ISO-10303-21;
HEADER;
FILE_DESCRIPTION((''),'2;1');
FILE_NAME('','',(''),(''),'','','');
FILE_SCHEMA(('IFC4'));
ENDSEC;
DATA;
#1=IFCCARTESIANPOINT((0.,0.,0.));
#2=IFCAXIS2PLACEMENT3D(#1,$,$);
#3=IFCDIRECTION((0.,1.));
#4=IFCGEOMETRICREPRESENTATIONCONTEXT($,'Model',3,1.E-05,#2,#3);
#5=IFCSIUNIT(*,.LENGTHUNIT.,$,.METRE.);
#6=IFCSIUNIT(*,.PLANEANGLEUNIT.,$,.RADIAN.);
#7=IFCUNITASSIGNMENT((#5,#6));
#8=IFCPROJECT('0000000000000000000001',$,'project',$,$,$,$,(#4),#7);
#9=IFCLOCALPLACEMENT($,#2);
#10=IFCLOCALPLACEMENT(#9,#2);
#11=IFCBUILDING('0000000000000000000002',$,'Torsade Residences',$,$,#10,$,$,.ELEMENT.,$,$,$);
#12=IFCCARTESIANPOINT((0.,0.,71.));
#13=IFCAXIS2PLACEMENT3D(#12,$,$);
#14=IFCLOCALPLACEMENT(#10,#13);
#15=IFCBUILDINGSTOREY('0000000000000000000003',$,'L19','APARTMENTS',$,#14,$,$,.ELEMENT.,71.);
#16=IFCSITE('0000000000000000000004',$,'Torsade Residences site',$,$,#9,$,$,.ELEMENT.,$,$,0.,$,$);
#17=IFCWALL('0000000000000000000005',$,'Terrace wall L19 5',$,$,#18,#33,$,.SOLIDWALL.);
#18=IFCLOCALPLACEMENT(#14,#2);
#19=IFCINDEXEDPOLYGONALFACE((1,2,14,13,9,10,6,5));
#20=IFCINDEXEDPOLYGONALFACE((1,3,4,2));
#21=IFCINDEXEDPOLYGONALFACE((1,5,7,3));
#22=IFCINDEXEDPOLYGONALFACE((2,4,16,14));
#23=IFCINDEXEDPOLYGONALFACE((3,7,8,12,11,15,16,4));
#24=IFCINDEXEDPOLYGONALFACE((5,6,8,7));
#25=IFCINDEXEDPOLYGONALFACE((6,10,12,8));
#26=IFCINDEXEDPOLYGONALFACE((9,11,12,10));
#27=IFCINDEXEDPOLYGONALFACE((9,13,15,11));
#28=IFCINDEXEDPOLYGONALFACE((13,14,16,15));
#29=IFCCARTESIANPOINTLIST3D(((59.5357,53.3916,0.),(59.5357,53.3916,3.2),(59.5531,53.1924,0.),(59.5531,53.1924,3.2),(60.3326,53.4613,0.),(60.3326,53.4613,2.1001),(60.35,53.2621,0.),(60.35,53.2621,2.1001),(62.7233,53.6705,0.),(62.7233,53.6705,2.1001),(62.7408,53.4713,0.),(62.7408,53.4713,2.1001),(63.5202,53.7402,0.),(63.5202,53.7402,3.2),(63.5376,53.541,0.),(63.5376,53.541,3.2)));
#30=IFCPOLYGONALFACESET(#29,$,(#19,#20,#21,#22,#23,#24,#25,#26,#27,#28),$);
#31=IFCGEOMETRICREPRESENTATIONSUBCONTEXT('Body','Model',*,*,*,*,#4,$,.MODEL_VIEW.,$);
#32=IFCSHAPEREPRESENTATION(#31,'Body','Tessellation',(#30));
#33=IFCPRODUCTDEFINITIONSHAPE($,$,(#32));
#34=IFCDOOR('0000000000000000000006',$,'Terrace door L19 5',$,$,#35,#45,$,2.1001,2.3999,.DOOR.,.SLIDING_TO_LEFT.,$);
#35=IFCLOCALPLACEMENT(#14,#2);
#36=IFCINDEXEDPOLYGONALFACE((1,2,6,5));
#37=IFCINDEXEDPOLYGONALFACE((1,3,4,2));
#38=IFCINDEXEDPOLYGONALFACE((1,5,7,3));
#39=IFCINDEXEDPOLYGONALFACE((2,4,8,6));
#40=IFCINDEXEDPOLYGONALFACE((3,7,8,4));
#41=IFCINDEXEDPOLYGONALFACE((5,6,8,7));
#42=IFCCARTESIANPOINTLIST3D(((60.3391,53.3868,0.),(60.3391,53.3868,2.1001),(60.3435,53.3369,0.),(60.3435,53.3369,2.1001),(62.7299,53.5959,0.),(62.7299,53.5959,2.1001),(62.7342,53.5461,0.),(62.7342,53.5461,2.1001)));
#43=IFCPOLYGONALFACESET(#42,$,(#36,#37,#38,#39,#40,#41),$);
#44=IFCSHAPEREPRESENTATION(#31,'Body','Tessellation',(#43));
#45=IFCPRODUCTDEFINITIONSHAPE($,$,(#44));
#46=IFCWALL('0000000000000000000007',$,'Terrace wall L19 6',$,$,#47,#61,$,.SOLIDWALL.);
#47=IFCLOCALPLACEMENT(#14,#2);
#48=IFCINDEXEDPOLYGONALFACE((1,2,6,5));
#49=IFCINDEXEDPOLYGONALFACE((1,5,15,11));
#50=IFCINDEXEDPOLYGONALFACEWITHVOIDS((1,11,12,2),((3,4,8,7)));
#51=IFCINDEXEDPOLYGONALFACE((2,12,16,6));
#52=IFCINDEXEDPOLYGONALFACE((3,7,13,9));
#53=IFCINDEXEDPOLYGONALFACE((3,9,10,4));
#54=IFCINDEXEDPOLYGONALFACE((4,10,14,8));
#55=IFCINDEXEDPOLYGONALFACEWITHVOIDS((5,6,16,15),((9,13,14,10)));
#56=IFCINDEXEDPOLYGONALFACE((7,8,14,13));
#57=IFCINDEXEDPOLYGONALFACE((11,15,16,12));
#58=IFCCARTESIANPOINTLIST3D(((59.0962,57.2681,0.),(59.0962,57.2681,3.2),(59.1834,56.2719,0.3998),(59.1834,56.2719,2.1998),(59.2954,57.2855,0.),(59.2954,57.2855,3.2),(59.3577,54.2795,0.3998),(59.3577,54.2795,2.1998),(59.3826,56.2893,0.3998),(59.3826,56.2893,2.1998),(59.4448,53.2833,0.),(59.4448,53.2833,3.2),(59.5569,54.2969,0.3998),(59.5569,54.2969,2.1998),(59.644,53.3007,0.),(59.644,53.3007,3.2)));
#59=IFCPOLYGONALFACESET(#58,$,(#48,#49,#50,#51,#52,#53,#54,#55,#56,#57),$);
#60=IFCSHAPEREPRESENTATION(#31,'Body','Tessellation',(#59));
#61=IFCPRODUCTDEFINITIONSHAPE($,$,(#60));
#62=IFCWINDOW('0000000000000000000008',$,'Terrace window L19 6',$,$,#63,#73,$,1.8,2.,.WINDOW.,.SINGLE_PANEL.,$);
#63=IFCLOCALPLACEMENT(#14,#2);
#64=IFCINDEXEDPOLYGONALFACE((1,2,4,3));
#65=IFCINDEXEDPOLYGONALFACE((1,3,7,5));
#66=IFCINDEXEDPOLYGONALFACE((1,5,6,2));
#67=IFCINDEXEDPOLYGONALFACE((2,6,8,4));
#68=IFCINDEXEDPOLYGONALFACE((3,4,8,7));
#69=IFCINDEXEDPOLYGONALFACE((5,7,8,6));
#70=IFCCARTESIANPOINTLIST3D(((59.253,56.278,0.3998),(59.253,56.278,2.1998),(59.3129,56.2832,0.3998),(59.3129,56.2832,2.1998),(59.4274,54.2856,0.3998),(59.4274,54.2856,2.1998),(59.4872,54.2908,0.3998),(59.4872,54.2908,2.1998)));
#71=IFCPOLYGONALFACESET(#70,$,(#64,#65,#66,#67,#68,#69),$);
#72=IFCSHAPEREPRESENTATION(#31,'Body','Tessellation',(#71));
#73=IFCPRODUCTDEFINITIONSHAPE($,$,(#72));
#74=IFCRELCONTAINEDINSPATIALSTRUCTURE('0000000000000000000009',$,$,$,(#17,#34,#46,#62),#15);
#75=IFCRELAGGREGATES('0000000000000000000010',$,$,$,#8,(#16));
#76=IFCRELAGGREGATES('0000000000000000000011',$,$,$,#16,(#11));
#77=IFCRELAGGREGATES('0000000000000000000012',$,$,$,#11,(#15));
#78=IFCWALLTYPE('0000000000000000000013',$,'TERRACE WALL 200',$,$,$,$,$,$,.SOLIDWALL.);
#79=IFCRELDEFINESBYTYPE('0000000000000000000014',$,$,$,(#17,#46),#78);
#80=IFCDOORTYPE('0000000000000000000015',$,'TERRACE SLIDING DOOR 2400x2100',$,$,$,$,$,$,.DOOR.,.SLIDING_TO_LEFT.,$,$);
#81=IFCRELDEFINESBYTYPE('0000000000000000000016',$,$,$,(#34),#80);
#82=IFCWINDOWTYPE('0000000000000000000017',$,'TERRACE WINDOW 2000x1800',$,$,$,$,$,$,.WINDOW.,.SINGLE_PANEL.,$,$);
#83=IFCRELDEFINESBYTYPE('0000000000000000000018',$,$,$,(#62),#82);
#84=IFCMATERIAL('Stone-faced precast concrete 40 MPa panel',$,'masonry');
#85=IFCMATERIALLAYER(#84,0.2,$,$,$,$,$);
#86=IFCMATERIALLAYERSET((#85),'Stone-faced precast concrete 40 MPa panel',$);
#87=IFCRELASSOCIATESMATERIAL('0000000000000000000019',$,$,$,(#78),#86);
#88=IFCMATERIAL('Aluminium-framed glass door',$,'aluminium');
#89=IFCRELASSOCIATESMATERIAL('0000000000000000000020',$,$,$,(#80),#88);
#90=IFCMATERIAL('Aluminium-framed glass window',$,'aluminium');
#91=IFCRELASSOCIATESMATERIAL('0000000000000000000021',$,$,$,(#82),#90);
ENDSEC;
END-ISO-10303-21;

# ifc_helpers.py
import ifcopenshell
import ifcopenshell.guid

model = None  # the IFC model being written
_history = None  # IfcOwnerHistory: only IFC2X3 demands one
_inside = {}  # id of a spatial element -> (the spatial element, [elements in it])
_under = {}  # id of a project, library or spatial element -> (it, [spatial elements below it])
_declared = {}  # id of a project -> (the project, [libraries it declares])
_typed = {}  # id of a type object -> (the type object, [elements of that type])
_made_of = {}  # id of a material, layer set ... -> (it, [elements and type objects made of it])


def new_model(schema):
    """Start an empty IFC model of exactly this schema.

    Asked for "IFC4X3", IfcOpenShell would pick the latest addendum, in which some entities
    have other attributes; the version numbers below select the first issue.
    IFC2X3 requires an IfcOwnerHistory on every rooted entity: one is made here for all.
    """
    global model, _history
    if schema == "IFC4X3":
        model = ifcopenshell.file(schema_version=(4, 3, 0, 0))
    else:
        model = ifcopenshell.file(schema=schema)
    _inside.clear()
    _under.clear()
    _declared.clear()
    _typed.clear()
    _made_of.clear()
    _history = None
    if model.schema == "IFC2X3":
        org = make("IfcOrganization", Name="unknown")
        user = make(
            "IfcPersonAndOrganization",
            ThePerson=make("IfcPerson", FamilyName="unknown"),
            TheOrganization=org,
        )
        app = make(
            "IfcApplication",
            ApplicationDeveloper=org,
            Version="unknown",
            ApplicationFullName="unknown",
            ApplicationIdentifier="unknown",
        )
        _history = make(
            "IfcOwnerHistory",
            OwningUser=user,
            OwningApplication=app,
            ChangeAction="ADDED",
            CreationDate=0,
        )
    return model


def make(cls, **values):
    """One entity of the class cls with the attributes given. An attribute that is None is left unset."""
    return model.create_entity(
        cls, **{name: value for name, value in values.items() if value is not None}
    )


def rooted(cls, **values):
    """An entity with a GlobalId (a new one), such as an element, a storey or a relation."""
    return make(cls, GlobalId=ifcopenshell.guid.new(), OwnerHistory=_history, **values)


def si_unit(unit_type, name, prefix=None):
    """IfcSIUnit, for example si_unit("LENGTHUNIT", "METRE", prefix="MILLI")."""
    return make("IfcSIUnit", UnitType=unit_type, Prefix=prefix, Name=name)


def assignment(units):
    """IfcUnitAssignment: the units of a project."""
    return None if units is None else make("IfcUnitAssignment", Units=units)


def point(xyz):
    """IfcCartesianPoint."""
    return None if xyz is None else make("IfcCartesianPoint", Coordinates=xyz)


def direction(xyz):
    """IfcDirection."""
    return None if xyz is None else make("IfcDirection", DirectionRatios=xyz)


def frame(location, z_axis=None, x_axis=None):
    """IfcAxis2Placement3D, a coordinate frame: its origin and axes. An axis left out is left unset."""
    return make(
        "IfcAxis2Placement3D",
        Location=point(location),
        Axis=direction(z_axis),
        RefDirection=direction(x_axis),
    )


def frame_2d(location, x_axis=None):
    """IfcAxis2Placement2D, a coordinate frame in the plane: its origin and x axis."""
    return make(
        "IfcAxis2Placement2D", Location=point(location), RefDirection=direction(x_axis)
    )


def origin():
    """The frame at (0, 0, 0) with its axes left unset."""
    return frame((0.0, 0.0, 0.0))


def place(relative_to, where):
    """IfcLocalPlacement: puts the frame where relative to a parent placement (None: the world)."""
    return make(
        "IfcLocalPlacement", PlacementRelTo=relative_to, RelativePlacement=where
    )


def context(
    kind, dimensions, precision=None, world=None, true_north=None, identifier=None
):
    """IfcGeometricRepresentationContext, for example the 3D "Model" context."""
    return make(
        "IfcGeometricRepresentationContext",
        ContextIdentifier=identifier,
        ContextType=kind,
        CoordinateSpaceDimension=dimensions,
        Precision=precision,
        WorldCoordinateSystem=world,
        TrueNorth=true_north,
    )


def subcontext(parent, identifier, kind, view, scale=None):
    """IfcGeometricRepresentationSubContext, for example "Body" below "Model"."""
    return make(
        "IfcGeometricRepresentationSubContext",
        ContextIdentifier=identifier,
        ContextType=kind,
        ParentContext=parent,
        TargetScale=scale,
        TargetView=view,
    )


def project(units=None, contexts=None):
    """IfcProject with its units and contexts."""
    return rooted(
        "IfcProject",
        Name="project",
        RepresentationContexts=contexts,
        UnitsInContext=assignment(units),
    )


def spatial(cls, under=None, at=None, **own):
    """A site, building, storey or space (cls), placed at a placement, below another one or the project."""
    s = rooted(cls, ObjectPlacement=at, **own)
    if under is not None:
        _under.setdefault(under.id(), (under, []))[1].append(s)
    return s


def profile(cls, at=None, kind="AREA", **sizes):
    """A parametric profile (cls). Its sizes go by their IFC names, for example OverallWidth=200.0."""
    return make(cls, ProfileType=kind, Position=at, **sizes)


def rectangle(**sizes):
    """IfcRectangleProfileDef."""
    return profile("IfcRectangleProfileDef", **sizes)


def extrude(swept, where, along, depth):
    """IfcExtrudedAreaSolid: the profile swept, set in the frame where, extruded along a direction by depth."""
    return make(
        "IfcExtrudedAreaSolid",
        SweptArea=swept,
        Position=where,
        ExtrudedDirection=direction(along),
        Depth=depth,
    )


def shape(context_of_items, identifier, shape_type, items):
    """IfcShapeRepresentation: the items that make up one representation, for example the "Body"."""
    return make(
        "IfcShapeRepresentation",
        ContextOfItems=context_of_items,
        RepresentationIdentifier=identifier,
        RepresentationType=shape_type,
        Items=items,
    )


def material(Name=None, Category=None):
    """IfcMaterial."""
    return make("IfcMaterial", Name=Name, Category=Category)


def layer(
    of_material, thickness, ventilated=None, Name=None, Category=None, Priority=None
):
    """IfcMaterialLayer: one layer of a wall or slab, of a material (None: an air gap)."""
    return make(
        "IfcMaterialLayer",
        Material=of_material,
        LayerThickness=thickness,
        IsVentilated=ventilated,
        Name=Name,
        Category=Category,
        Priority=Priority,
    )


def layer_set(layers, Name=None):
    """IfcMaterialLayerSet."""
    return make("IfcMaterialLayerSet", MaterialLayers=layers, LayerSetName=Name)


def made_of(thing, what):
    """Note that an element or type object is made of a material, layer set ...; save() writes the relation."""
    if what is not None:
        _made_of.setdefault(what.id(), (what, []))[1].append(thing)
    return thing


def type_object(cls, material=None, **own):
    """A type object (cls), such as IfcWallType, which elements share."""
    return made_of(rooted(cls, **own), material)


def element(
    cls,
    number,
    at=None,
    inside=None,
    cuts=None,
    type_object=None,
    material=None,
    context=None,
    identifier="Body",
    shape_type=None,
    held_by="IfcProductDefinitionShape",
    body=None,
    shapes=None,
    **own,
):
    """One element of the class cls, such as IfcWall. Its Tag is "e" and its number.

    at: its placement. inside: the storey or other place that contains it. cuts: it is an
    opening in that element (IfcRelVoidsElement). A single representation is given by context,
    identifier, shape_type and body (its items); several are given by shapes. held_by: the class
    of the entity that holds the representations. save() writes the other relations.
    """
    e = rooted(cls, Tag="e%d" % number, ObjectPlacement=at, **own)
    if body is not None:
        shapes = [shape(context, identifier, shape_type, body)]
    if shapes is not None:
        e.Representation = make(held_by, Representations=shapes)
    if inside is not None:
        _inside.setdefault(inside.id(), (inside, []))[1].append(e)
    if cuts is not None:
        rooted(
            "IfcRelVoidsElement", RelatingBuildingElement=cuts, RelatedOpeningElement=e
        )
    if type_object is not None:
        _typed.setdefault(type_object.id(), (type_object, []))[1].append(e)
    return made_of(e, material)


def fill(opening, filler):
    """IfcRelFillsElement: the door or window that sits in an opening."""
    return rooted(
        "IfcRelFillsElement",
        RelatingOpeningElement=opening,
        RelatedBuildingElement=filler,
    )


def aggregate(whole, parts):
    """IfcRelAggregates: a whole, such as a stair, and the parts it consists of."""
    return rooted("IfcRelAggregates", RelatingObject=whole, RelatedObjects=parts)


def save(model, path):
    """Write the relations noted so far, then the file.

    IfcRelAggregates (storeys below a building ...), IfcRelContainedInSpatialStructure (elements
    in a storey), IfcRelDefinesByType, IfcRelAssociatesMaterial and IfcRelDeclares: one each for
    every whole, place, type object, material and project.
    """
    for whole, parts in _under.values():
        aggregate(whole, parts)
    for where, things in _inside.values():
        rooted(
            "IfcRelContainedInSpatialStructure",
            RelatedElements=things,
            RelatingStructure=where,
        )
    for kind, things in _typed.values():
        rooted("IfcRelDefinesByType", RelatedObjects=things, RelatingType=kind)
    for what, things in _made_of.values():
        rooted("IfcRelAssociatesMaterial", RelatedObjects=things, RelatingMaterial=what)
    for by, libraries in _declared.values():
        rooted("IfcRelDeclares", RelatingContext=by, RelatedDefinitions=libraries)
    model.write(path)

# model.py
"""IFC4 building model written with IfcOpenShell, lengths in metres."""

from ifc_helpers import new_model, si_unit, direction, frame, frame_2d, origin, place, context, subcontext, project, spatial, rectangle, extrude, material, layer, layer_set, type_object, element, fill, save


model = new_model("IFC4")

# Units and contexts
model_context = context("Model", 3, precision=1e-05, world=origin(), true_north=direction((0.0, 1.0)))
body_context = subcontext(model_context, "Body", "Model", "MODEL_VIEW")
ifc_project = project(units=[si_unit("LENGTHUNIT", "METRE"), si_unit("PLANEANGLEUNIT", "RADIAN")], contexts=[model_context])

# Site, building, storey
site_placement = place(None, origin())
site = spatial("IfcSite", under=ifc_project, at=site_placement, Name="Torsade Residences site", CompositionType="ELEMENT", RefElevation=0.0)
building_placement = place(site_placement, origin())
building = spatial("IfcBuilding", under=site, at=building_placement, Name="Torsade Residences", CompositionType="ELEMENT")
storey_placement = place(building_placement, frame((0.0, 0.0, 71.0)))
storey = spatial("IfcBuildingStorey", under=building, at=storey_placement, Name="L19", Description="APARTMENTS", CompositionType="ELEMENT", Elevation=71.0)

# Wall, opening, door
ifc_material_1 = material(Name="Stone-faced precast concrete 40 MPa panel", Category="masonry")
ifc_layer_1 = layer(ifc_material_1, 0.2)
ifc_layer_set_1 = layer_set([ifc_layer_1], Name="Stone-faced precast concrete 40 MPa panel")
wall_type_1 = type_object("IfcWallType", Name="TERRACE WALL 200", PredefinedType="SOLIDWALL", material=ifc_layer_set_1)
wall_1_placement = place(storey_placement, frame((63.5291, 53.6406, 0.0), z_axis=(0.0, 0.0, 1.0), x_axis=(-0.996194, -0.087162, 0.0)))
wall_1 = element("IfcWall", 1, at=wall_1_placement, inside=storey, type_object=wall_type_1, Name="Terrace wall L19 5", PredefinedType="SOLIDWALL", context=body_context, shape_type="SweptSolid", body=[
    extrude(rectangle(XDim=3.9998, YDim=0.2, at=frame_2d((2.0, 0.0))), origin(), (0.0, 0.0, 1.0), 3.2),
])
opening_1_placement = place(wall_1_placement, frame((0.8, 0.0, 0.0)))
opening_1 = element("IfcOpeningElement", 2, at=opening_1_placement, cuts=wall_1, PredefinedType="OPENING", context=body_context, shape_type="SweptSolid", body=[
    extrude(rectangle(XDim=2.3999, YDim=2.1001, at=frame_2d((1.2, 1.05))), frame((0.0, 0.1099, 0.0), z_axis=(0.0, -1.0, 0.0), x_axis=(1.0, 0.0, 0.0)), (0.0, 0.0, 1.0), 0.22),
])
ifc_material_2 = material(Name="Aluminium-framed glass door", Category="aluminium")
door_type_1 = type_object("IfcDoorType", Name="TERRACE SLIDING DOOR 2400x2100", OperationType="SLIDING_TO_LEFT", PredefinedType="DOOR", material=ifc_material_2)
door_1_placement = place(opening_1_placement, origin())
door_1 = element("IfcDoor", 3, at=door_1_placement, inside=storey, type_object=door_type_1, Name="Terrace door L19 5", OperationType="SLIDING_TO_LEFT", OverallHeight=2.1001, OverallWidth=2.3999, PredefinedType="DOOR", context=body_context, shape_type="SweptSolid", body=[
    extrude(rectangle(XDim=2.3999, YDim=2.1001, at=frame_2d((1.2, 1.05))), frame((0.0, 0.0249, 0.0), z_axis=(0.0, -1.0, 0.0), x_axis=(1.0, 0.0, 0.0)), (0.0, 0.0, 1.0), 0.05),
])
fill(opening_1, door_1)

# Wall, opening, window
wall_2_placement = place(storey_placement, frame((59.5444, 53.292, 0.0), z_axis=(0.0, 0.0, 1.0), x_axis=(-0.087156, 0.996195, 0.0)))
wall_2 = element("IfcWall", 4, at=wall_2_placement, inside=storey, type_object=wall_type_1, Name="Terrace wall L19 6", PredefinedType="SOLIDWALL", context=body_context, shape_type="SweptSolid", body=[
    extrude(rectangle(XDim=4.0, YDim=0.2, at=frame_2d((2.0, 0.0))), origin(), (0.0, 0.0, 1.0), 3.2),
])
opening_2_placement = place(wall_2_placement, frame((1.0, 0.0, 0.3999)))
opening_2 = element("IfcOpeningElement", 5, at=opening_2_placement, cuts=wall_2, PredefinedType="OPENING", context=body_context, shape_type="SweptSolid", body=[
    extrude(rectangle(XDim=2.0, YDim=1.8, at=frame_2d((1.0, 0.8999))), frame((0.0, 0.1099, 0.0), z_axis=(0.0, -1.0, 0.0), x_axis=(1.0, 0.0, 0.0)), (0.0, 0.0, 1.0), 0.22),
])
ifc_material_3 = material(Name="Aluminium-framed glass window", Category="aluminium")
window_type = type_object("IfcWindowType", Name="TERRACE WINDOW 2000x1800", PartitioningType="SINGLE_PANEL", PredefinedType="WINDOW", material=ifc_material_3)
window_placement = place(opening_2_placement, origin())
window = element("IfcWindow", 6, at=window_placement, inside=storey, type_object=window_type, Name="Terrace window L19 6", OverallHeight=1.8, OverallWidth=2.0, PartitioningType="SINGLE_PANEL", PredefinedType="WINDOW", context=body_context, shape_type="SweptSolid", body=[
    extrude(rectangle(XDim=2.0, YDim=1.8, at=frame_2d((1.0, 0.8999))), frame((0.0, 0.03, 0.0), z_axis=(0.0, -1.0, 0.0), x_axis=(1.0, 0.0, 0.0)), (0.0, 0.0, 1.0), 0.0601),
])
fill(opening_2, window)

save(model, "model.ifc")
